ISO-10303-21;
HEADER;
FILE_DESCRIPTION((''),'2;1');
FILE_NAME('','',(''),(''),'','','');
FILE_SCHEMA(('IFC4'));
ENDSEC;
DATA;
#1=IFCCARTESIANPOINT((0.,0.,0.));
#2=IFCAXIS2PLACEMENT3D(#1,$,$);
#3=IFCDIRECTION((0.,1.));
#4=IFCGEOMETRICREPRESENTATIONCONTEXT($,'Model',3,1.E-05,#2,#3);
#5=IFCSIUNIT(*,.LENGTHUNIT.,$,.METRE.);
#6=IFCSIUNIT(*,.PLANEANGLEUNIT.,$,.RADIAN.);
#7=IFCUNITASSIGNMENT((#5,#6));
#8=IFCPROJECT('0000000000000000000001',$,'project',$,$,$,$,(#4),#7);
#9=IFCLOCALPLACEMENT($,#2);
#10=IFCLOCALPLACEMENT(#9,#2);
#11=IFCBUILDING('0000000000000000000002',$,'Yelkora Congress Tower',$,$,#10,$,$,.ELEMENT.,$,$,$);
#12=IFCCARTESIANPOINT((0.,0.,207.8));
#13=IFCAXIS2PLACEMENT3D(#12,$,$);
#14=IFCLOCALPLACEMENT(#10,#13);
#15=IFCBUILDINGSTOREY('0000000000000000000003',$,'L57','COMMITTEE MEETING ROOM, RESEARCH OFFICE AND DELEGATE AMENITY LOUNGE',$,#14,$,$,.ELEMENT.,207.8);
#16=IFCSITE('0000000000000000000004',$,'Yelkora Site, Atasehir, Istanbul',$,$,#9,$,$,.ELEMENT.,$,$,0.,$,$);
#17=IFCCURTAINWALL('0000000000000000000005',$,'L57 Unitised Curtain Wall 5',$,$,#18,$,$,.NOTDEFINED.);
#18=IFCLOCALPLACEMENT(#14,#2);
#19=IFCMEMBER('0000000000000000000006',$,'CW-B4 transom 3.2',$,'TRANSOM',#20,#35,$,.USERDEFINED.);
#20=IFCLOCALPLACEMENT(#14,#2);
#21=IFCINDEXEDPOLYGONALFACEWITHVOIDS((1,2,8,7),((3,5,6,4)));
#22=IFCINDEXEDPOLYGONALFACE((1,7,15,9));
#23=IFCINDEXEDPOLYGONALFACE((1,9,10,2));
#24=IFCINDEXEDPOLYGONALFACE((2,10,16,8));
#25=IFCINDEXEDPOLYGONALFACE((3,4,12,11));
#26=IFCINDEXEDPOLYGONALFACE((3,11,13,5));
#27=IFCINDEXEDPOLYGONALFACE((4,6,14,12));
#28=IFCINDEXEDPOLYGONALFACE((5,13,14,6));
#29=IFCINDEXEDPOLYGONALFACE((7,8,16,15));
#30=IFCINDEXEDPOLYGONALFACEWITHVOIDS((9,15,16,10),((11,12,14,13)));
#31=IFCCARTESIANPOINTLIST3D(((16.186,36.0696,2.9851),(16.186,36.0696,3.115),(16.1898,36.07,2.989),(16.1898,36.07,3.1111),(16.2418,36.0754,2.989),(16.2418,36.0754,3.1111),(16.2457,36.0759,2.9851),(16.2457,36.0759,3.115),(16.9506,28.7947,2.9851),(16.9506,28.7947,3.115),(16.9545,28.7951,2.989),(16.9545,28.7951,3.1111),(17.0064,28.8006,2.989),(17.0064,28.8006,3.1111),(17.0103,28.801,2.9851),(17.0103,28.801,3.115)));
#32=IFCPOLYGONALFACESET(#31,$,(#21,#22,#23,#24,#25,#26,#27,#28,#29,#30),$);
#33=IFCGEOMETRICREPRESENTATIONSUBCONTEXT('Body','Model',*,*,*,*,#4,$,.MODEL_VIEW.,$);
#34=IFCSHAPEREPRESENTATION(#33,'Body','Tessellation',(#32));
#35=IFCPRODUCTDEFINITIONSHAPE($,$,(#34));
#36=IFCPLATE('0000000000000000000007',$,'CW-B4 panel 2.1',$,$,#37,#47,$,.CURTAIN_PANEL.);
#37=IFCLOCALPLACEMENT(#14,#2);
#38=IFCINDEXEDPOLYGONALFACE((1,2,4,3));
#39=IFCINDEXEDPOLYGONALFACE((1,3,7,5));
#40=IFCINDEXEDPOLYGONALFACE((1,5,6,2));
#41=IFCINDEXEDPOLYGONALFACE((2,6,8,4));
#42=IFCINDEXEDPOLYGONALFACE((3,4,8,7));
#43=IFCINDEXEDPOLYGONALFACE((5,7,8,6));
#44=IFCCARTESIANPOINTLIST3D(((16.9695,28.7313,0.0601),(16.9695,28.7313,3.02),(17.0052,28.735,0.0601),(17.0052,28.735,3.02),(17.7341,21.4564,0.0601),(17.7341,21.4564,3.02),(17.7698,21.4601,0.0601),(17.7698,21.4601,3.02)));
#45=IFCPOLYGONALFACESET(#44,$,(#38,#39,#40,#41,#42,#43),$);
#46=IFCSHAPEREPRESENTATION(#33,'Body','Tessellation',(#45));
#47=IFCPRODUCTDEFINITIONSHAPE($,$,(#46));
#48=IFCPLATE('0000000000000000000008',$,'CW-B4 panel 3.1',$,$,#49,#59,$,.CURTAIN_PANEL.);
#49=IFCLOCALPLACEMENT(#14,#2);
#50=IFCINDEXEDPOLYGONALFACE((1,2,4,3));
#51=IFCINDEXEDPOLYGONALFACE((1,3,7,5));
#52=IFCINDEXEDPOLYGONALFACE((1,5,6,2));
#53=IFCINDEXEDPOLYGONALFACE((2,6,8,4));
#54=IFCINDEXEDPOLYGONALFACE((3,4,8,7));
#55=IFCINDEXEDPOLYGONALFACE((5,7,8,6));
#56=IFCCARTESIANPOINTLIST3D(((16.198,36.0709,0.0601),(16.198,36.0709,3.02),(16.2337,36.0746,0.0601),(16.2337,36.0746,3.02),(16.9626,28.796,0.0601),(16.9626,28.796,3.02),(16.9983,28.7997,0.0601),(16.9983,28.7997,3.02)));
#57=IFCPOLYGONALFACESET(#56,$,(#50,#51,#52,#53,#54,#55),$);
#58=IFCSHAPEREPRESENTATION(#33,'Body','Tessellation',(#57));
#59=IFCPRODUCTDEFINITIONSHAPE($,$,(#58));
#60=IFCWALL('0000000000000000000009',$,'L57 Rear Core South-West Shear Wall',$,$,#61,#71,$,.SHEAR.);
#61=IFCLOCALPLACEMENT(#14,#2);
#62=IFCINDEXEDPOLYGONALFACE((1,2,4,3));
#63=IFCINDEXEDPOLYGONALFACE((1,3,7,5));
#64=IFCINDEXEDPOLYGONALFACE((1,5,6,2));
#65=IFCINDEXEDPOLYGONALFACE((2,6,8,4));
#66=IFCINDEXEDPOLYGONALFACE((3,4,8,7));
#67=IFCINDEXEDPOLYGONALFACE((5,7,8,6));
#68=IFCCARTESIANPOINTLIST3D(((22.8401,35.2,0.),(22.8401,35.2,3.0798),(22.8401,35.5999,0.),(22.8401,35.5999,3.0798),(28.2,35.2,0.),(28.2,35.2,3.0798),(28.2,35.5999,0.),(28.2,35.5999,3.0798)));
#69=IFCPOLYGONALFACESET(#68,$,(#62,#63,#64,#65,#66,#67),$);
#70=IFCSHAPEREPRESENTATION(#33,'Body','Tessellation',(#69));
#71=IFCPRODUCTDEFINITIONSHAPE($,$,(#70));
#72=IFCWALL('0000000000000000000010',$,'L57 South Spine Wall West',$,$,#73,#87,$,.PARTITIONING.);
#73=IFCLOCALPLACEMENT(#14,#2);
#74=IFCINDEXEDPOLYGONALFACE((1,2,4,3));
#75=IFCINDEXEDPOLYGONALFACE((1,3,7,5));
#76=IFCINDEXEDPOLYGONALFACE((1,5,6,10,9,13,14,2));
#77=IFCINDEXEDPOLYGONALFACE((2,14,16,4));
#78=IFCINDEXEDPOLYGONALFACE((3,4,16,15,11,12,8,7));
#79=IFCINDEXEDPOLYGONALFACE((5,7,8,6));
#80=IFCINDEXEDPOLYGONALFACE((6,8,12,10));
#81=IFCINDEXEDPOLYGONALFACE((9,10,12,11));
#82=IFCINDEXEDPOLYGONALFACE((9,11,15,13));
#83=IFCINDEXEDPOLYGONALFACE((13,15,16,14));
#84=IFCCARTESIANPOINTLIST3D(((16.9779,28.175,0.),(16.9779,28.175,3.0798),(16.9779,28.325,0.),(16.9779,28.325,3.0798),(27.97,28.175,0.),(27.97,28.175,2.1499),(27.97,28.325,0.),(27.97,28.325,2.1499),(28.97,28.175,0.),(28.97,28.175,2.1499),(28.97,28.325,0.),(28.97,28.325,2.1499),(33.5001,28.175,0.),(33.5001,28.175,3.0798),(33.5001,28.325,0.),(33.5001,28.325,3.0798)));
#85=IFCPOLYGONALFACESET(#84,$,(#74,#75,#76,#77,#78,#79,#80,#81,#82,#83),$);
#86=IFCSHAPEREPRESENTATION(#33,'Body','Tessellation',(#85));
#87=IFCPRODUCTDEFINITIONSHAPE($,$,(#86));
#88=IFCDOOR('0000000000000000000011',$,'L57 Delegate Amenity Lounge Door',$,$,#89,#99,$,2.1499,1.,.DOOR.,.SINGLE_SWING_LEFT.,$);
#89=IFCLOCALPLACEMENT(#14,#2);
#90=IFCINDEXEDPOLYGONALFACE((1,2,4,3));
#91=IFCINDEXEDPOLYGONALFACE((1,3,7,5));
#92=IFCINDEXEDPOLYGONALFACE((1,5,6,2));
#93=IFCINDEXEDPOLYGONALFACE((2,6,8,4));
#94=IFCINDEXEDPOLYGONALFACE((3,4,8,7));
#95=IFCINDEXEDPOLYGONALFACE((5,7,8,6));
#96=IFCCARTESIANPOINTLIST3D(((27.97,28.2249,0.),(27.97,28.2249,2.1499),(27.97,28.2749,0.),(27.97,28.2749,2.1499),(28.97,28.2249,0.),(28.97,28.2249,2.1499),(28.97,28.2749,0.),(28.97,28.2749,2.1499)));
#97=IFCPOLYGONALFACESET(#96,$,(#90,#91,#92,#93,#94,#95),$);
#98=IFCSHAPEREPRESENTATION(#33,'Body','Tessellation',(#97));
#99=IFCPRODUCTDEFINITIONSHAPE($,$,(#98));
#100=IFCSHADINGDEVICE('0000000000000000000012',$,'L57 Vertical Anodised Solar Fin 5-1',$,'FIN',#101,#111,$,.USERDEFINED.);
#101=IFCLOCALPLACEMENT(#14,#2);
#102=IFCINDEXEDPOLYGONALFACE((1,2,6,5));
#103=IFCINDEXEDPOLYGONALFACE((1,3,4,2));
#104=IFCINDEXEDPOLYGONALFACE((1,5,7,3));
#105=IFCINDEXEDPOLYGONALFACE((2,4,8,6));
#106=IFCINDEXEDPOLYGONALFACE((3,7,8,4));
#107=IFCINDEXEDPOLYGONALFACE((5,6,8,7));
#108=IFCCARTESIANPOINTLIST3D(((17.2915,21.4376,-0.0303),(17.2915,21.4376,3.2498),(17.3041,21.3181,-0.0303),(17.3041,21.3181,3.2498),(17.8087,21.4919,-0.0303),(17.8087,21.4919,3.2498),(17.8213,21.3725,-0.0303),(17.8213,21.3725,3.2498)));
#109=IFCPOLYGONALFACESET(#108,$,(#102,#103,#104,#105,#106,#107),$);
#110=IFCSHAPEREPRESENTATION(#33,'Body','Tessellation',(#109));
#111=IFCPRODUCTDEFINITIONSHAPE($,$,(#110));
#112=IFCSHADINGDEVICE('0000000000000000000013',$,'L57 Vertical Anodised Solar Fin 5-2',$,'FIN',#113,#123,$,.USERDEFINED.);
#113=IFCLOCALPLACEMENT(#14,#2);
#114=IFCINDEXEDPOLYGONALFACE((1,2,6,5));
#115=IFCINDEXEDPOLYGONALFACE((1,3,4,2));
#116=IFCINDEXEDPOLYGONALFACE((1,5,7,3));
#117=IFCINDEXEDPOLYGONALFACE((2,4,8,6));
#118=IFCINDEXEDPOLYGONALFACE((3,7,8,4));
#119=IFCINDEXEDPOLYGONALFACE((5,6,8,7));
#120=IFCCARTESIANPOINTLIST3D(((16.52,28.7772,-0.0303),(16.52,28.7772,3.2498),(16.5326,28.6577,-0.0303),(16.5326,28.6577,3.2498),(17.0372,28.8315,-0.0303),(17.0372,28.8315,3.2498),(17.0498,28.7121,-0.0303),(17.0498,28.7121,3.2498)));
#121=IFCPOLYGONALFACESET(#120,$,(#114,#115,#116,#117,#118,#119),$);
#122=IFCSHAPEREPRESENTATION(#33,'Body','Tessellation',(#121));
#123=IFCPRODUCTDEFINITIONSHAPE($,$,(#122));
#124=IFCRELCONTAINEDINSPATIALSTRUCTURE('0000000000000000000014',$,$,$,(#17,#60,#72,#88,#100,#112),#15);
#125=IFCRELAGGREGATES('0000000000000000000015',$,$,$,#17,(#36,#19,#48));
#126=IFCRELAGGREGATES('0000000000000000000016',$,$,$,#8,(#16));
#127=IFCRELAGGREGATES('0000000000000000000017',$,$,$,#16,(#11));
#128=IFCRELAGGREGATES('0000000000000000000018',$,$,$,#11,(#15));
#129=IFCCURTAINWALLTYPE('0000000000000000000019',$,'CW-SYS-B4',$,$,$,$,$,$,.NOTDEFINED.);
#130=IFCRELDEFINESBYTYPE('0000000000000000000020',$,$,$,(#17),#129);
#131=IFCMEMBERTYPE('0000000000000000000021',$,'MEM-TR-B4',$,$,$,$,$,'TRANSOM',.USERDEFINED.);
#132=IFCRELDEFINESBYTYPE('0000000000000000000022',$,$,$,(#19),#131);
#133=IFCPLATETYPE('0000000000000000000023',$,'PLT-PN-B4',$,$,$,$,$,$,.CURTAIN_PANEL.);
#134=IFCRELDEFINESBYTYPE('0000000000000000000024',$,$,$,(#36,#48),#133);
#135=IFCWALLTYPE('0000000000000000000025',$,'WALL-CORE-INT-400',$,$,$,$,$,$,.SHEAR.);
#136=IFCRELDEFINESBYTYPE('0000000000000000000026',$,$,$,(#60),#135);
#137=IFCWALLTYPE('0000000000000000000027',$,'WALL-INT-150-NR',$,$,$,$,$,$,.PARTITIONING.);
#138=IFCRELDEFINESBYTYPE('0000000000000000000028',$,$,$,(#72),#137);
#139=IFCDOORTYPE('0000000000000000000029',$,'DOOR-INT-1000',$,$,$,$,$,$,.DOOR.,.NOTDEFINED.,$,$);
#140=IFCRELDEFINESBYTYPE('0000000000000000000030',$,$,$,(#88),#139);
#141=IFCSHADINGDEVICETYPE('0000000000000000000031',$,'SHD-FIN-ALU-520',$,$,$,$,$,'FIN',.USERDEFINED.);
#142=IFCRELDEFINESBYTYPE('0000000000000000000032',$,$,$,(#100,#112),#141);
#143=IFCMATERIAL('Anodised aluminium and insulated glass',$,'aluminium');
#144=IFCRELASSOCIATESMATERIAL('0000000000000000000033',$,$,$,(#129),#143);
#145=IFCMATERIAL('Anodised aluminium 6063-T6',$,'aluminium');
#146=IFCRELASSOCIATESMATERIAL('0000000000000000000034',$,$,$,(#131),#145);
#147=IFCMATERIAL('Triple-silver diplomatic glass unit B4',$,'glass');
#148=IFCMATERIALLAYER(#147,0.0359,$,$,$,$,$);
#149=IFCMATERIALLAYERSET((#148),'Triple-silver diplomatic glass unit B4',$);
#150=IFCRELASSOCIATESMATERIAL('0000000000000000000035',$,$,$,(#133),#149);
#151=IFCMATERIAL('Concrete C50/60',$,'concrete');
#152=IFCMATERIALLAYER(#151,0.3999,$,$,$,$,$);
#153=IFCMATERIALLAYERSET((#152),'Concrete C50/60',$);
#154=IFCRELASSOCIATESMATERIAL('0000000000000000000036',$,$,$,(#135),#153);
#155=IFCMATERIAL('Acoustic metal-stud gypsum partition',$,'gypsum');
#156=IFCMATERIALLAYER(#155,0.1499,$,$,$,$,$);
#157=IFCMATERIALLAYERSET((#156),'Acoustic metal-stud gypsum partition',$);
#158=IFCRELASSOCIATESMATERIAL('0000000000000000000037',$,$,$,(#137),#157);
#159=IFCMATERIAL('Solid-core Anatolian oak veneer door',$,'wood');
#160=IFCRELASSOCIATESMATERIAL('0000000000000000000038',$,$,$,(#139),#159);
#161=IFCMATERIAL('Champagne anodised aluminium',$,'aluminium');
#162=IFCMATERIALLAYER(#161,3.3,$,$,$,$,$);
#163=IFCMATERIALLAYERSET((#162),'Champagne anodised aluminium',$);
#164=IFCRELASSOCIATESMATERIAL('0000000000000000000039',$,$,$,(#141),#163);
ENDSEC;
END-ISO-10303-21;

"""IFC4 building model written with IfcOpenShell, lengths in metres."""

from ifc_helpers import new_model, si_unit, direction, frame, frame_2d, origin, origin_2d, place, context, subcontext, project, spatial, rectangle, hollow_rectangle, extrude, material, layer, layer_set, material_profile, profile_set, type_object, element, fill, aggregate, save


model = new_model("IFC4")

# Units and contexts
model_context = context("Model", 3, precision=1e-05, world=origin(), true_north=direction((0.0, 1.0)))
body_context = subcontext(model_context, "Body", "Model", "MODEL_VIEW")
ifc_project = project(units=[si_unit("LENGTHUNIT", "METRE"), si_unit("PLANEANGLEUNIT", "RADIAN")], contexts=[model_context])

# Site, building, storey
site_placement = place(None, origin())
site = spatial("IfcSite", under=ifc_project, at=site_placement, Name="Yelkora Site, Atasehir, Istanbul", CompositionType="ELEMENT", RefElevation=0.0)
building_placement = place(site_placement, origin())
building = spatial("IfcBuilding", under=site, at=building_placement, Name="Yelkora Congress Tower", CompositionType="ELEMENT")
storey_placement = place(building_placement, frame((0.0, 0.0, 207.8)))
storey = spatial("IfcBuildingStorey", under=building, at=storey_placement, Name="L57", Description="COMMITTEE MEETING ROOM, RESEARCH OFFICE AND DELEGATE AMENITY LOUNGE", CompositionType="ELEMENT", Elevation=207.8)

# Curtain wall, member, plates
ifc_material_1 = material(Name="Anodised aluminium and insulated glass", Category="aluminium")
curtain_wall_type = type_object("IfcCurtainWallType", Name="CW-SYS-B4", PredefinedType="NOTDEFINED", material=ifc_material_1)
curtain_wall_placement = place(storey_placement, origin())
curtain_wall = element("IfcCurtainWall", 1, at=curtain_wall_placement, inside=storey, type_object=curtain_wall_type, Name="L57 Unitised Curtain Wall 5", PredefinedType="NOTDEFINED")
ifc_material_2 = material(Name="Anodised aluminium 6063-T6", Category="aluminium")
ifc_material_profile_1 = material_profile(ifc_material_2, hollow_rectangle(XDim=0.0601, YDim=0.1299, WallThickness=0.0039, at=origin_2d()), Name="ALU 60x130x4")
ifc_profile_set_1 = profile_set([ifc_material_profile_1], Name="Anodised aluminium 6063-T6")
member_type_1 = type_object("IfcMemberType", Name="MEM-TR-B4", ElementType="TRANSOM", PredefinedType="USERDEFINED", material=ifc_profile_set_1)
member_1_placement = place(storey_placement, frame((16.9805, 28.7979, 3.05), z_axis=(-0.104532, 0.994522, 0.0), x_axis=(-0.994522, -0.104532, 0.0)))
member_1 = element("IfcMember", 2, at=member_1_placement, type_object=member_type_1, Name="CW-B4 transom 3.2", ObjectType="TRANSOM", PredefinedType="USERDEFINED", context=body_context, shape_type="SweptSolid", body=[
    extrude(hollow_rectangle(XDim=0.0601, YDim=0.1299, WallThickness=0.0039, at=origin_2d()), origin(), (0.0, 0.0, 1.0), 7.3149),
])
ifc_material_3 = material(Name="Triple-silver diplomatic glass unit B4", Category="glass")
ifc_layer_1 = layer(ifc_material_3, 0.0359)
ifc_layer_set_1 = layer_set([ifc_layer_1], Name="Triple-silver diplomatic glass unit B4")
plate_type = type_object("IfcPlateType", Name="PLT-PN-B4", PredefinedType="CURTAIN_PANEL", material=ifc_layer_set_1)
plate_1_placement = place(storey_placement, frame((17.3696, 25.0957, 0.0601), z_axis=(0.0, 0.0, 1.0), x_axis=(-0.104526, 0.994522, 0.0)))
plate_1 = element("IfcPlate", 3, at=plate_1_placement, type_object=plate_type, Name="CW-B4 panel 2.1", PredefinedType="CURTAIN_PANEL", context=body_context, shape_type="SweptSolid", body=[
    extrude(rectangle(XDim=7.3149, YDim=0.0359, at=origin_2d()), origin(), (0.0, 0.0, 1.0), 2.96),
])
plate_2_placement = place(storey_placement, frame((16.5981, 32.4353, 0.0601), z_axis=(0.0, 0.0, 1.0), x_axis=(-0.104526, 0.994522, 0.0)))
plate_2 = element("IfcPlate", 4, at=plate_2_placement, type_object=plate_type, Name="CW-B4 panel 3.1", PredefinedType="CURTAIN_PANEL", context=body_context, shape_type="SweptSolid", body=[
    extrude(rectangle(XDim=7.3149, YDim=0.0359, at=origin_2d()), origin(), (0.0, 0.0, 1.0), 2.96),
])
aggregate(curtain_wall, [plate_1, member_1, plate_2])

# Wall
ifc_material_4 = material(Name="Concrete C50/60", Category="concrete")
ifc_layer_2 = layer(ifc_material_4, 0.3999)
ifc_layer_set_2 = layer_set([ifc_layer_2], Name="Concrete C50/60")
wall_type_1 = type_object("IfcWallType", Name="WALL-CORE-INT-400", PredefinedType="SHEAR", material=ifc_layer_set_2)
wall_1_placement = place(storey_placement, frame((22.8401, 35.3999, 0.0), z_axis=(0.0, 0.0, 1.0), x_axis=(1.0, 0.0, 0.0)))
element("IfcWall", 5, at=wall_1_placement, inside=storey, type_object=wall_type_1, Name="L57 Rear Core South-West Shear Wall", PredefinedType="SHEAR", context=body_context, shape_type="SweptSolid", body=[
    extrude(rectangle(XDim=5.3599, YDim=0.3999, at=frame_2d((2.6799, 0.0))), origin(), (0.0, 0.0, 1.0), 3.0798),
])

# Wall, opening, door
ifc_material_5 = material(Name="Acoustic metal-stud gypsum partition", Category="gypsum")
ifc_layer_3 = layer(ifc_material_5, 0.1499)
ifc_layer_set_3 = layer_set([ifc_layer_3], Name="Acoustic metal-stud gypsum partition")
wall_type_2 = type_object("IfcWallType", Name="WALL-INT-150-NR", PredefinedType="PARTITIONING", material=ifc_layer_set_3)
wall_2_placement = place(storey_placement, frame((16.9778, 28.25, 0.0), z_axis=(0.0, 0.0, 1.0), x_axis=(1.0, 0.0, 0.0)))
wall_2 = element("IfcWall", 6, at=wall_2_placement, inside=storey, type_object=wall_type_2, Name="L57 South Spine Wall West", PredefinedType="PARTITIONING", context=body_context, shape_type="SweptSolid", body=[
    extrude(rectangle(XDim=16.5222, YDim=0.1499, at=frame_2d((8.2612, 0.0))), origin(), (0.0, 0.0, 1.0), 3.0798),
])
opening_placement = place(wall_2_placement, frame((10.9922, 0.0, 0.0)))
opening = element("IfcOpeningElement", 7, at=opening_placement, cuts=wall_2, PredefinedType="OPENING", context=body_context, shape_type="SweptSolid", body=[
    extrude(rectangle(XDim=1.0, YDim=2.1499, at=frame_2d((0.5, 1.075))), frame((0.0, 0.085, 0.0), z_axis=(0.0, -1.0, 0.0), x_axis=(1.0, 0.0, 0.0)), (0.0, 0.0, 1.0), 0.1699),
])
ifc_material_6 = material(Name="Solid-core Anatolian oak veneer door", Category="wood")
door_type = type_object("IfcDoorType", Name="DOOR-INT-1000", OperationType="NOTDEFINED", PredefinedType="DOOR", material=ifc_material_6)
door_placement = place(opening_placement, origin())
door = element("IfcDoor", 8, at=door_placement, inside=storey, type_object=door_type, Name="L57 Delegate Amenity Lounge Door", OperationType="SINGLE_SWING_LEFT", OverallHeight=2.1499, OverallWidth=1.0, PredefinedType="DOOR", context=body_context, shape_type="SweptSolid", body=[
    extrude(rectangle(XDim=1.0, YDim=2.1499, at=frame_2d((0.5, 1.075))), frame((0.0, 0.0249, 0.0), z_axis=(0.0, -1.0, 0.0), x_axis=(1.0, 0.0, 0.0)), (0.0, 0.0, 1.0), 0.05),
])
fill(opening, door)

# Shading devices
ifc_material_7 = material(Name="Champagne anodised aluminium", Category="aluminium")
ifc_layer_4 = layer(ifc_material_7, 3.3)
ifc_layer_set_4 = layer_set([ifc_layer_4], Name="Champagne anodised aluminium")
shading_device_type = type_object("IfcShadingDeviceType", Name="SHD-FIN-ALU-520", ElementType="FIN", PredefinedType="USERDEFINED", material=ifc_layer_set_4)
for number, where, z_axis, x_axis, name in (
    (9, (17.5564, 21.405, -0.0303), (0.0, 0.0, 1.0), (-0.104528, 0.994522, 0.0), "L57 Vertical Anodised Solar Fin 5-1"),
    (10, (16.7849, 28.7446, -0.0303), (0.0, 0.0, 1.0), (-0.104528, 0.994522, 0.0), "L57 Vertical Anodised Solar Fin 5-2"),
):
    element("IfcShadingDevice", number, at=place(storey_placement, frame(where, z_axis=z_axis, x_axis=x_axis)), inside=storey, type_object=shading_device_type, Name=name, ObjectType="FIN", PredefinedType="USERDEFINED", context=body_context, shape_type="SweptSolid", body=[
        extrude(rectangle(XDim=0.1201, YDim=0.52, at=origin_2d()), origin(), (0.0, 0.0, 1.0), 3.28),
    ])

save(model, "model.ifc")
